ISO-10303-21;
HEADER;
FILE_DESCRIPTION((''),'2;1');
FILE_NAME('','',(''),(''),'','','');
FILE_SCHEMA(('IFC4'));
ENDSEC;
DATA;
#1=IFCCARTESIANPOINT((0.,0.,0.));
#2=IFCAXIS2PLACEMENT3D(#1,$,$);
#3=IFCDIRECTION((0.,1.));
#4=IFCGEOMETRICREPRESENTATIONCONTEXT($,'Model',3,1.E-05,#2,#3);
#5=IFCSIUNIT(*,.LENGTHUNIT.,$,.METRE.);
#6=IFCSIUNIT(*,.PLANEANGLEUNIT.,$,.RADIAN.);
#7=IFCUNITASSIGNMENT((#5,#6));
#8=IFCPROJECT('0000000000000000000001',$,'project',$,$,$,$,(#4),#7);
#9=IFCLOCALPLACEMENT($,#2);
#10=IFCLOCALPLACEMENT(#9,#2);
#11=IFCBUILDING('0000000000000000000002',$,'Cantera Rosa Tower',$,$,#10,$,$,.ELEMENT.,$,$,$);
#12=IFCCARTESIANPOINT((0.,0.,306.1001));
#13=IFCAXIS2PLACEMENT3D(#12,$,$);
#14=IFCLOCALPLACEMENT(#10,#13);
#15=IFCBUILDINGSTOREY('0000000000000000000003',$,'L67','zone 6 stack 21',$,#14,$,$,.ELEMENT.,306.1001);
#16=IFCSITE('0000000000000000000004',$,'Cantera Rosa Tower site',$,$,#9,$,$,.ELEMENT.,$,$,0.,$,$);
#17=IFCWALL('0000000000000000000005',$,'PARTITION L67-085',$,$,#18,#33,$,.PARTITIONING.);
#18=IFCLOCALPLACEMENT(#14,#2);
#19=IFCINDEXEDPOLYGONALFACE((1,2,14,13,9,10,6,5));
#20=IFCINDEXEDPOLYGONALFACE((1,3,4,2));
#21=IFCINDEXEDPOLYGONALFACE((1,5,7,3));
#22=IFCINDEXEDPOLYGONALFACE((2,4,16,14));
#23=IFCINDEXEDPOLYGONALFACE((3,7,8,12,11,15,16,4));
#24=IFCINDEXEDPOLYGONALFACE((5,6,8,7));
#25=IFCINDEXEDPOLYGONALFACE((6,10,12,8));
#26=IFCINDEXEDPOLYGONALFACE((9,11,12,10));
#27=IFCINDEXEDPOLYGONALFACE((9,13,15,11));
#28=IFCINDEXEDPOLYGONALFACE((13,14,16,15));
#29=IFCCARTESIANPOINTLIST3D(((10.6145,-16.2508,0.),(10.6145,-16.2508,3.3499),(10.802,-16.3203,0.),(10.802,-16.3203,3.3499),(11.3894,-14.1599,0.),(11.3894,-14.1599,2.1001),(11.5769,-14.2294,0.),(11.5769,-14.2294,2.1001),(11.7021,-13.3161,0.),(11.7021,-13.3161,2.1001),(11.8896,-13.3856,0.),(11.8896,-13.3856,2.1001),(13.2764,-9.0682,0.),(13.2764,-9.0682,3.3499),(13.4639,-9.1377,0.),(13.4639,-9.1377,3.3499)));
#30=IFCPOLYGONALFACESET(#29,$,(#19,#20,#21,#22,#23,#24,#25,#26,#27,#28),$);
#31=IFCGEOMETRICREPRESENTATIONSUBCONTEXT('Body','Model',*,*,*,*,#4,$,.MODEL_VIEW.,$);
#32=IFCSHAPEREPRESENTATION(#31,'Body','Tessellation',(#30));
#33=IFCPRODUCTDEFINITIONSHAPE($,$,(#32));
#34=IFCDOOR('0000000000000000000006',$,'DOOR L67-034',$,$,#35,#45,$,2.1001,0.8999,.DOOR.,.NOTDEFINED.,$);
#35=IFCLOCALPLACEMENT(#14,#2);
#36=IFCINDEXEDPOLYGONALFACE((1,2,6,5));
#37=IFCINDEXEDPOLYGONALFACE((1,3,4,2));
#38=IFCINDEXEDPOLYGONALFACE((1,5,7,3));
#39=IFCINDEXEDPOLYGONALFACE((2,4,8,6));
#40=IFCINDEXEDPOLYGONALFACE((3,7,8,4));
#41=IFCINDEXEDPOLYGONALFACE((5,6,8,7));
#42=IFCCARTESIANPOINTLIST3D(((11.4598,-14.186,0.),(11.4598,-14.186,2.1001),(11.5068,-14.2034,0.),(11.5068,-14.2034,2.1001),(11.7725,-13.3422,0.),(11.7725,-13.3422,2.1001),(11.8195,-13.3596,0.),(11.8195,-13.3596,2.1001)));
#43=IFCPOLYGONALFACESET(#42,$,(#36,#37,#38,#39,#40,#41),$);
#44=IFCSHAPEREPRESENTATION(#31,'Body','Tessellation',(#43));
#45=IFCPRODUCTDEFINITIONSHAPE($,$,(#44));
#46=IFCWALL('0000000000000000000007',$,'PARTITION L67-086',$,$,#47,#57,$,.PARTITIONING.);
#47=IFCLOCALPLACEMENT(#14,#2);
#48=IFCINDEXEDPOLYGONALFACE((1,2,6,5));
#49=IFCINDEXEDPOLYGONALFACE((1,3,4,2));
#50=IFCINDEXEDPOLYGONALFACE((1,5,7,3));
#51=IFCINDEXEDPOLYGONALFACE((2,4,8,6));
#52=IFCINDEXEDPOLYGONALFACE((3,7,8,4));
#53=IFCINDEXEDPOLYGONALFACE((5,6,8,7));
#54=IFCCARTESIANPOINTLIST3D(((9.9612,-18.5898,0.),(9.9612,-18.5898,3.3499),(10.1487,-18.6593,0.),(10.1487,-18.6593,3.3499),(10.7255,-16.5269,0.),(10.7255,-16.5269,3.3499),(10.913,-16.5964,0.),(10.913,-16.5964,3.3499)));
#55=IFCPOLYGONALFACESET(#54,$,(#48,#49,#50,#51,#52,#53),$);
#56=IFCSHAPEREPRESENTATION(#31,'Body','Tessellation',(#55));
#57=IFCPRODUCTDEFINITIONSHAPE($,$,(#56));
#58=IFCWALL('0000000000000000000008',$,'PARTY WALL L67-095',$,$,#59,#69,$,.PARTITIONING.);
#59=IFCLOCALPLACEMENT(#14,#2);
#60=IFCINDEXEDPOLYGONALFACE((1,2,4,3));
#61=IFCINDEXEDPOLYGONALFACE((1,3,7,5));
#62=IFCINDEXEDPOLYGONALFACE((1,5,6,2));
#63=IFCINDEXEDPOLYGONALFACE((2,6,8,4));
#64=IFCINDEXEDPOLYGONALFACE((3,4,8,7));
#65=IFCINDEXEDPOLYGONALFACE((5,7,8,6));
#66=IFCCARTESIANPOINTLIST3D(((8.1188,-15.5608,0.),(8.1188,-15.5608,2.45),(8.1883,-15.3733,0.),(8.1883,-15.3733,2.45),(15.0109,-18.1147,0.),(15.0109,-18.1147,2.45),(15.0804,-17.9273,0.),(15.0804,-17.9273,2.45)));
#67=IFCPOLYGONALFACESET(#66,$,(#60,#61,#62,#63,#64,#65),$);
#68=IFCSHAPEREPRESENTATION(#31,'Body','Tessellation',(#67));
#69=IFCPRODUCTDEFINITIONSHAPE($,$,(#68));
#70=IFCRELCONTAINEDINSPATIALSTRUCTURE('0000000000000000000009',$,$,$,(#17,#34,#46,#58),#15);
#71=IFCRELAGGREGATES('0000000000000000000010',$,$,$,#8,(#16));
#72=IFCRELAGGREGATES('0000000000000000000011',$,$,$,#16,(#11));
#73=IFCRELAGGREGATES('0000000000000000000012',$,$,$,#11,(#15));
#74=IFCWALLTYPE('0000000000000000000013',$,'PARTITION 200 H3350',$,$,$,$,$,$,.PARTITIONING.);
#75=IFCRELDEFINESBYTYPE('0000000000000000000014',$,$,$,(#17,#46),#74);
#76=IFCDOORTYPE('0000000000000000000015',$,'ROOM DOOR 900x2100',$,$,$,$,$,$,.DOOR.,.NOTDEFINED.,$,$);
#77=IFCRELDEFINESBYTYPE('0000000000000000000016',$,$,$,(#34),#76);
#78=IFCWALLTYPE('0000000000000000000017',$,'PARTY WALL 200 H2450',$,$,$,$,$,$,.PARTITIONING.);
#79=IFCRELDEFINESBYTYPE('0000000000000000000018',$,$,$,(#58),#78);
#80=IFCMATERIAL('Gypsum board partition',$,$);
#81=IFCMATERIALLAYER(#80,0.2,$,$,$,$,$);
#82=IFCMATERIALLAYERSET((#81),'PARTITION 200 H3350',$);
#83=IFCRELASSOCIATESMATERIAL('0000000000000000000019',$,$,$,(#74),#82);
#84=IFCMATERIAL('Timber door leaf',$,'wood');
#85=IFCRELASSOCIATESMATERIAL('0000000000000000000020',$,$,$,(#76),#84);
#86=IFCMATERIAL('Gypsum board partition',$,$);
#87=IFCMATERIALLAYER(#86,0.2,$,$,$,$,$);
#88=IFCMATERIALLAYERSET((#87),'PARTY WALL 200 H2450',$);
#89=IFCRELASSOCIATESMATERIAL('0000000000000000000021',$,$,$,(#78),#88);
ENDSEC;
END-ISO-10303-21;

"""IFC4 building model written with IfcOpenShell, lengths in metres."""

from ifc_helpers import new_model, si_unit, direction, frame, frame_2d, origin, place, context, subcontext, project, spatial, rectangle, extrude, material, layer, layer_set, type_object, element, fill, save


model = new_model("IFC4")

# Units and contexts
model_context = context("Model", 3, precision=1e-05, world=origin(), true_north=direction((0.0, 1.0)))
body_context = subcontext(model_context, "Body", "Model", "MODEL_VIEW")
ifc_project = project(units=[si_unit("LENGTHUNIT", "METRE"), si_unit("PLANEANGLEUNIT", "RADIAN")], contexts=[model_context])

# Site, building, storey
site_placement = place(None, origin())
site = spatial("IfcSite", under=ifc_project, at=site_placement, Name="Cantera Rosa Tower site", CompositionType="ELEMENT", RefElevation=0.0)
building_placement = place(site_placement, origin())
building = spatial("IfcBuilding", under=site, at=building_placement, Name="Cantera Rosa Tower", CompositionType="ELEMENT")
storey_placement = place(building_placement, frame((0.0, 0.0, 306.1001)))
storey = spatial("IfcBuildingStorey", under=building, at=storey_placement, Name="L67", Description="zone 6 stack 21", CompositionType="ELEMENT", Elevation=306.1001)

# Wall, opening, door
ifc_material_1 = material(Name="Gypsum board partition")
ifc_layer_1 = layer(ifc_material_1, 0.2)
ifc_layer_set_1 = layer_set([ifc_layer_1], Name="PARTITION 200 H3350")
wall_type_1 = type_object("IfcWallType", Name="PARTITION 200 H3350", PredefinedType="PARTITIONING", material=ifc_layer_set_1)
ifc_material_2 = material(Name="Timber door leaf", Category="wood")
door_type_1 = type_object("IfcDoorType", Name="ROOM DOOR 900x2100", OperationType="NOTDEFINED", PredefinedType="DOOR", material=ifc_material_2)
wall_1_placement = place(storey_placement, frame((10.7083, -16.2856, 0.0), z_axis=(0.0, 0.0, 1.0), x_axis=(0.347502, 0.937679, 0.0)))
wall_1 = element("IfcWall", 1, at=wall_1_placement, inside=storey, type_object=wall_type_1, Name="PARTITION L67-085", PredefinedType="PARTITIONING", context=body_context, shape_type="SweptSolid", body=[
    extrude(rectangle(XDim=7.6599, YDim=0.2, at=frame_2d((3.8301, 0.0))), origin(), (0.0, 0.0, 1.0), 3.3499),
])
opening_1_placement = place(wall_1_placement, frame((2.23, 0.0, 0.0)))
opening_1 = element("IfcOpeningElement", 2, at=opening_1_placement, cuts=wall_1, PredefinedType="OPENING", context=body_context, shape_type="SweptSolid", body=[
    extrude(rectangle(XDim=0.8999, YDim=2.1001, at=frame_2d((0.45, 1.05))), frame((0.0, 0.1099, 0.0), z_axis=(0.0, -1.0, 0.0), x_axis=(1.0, 0.0, 0.0)), (0.0, 0.0, 1.0), 0.22),
])
door_1_placement = place(opening_1_placement, origin())
door_1 = element("IfcDoor", 3, at=door_1_placement, inside=storey, type_object=door_type_1, Name="DOOR L67-034", OperationType="NOTDEFINED", OverallHeight=2.1001, OverallWidth=0.8999, PredefinedType="DOOR", context=body_context, shape_type="SweptSolid", body=[
    extrude(rectangle(XDim=0.8999, YDim=2.1001, at=frame_2d((0.45, 1.05))), frame((0.0, 0.0249, 0.0), z_axis=(0.0, -1.0, 0.0), x_axis=(1.0, 0.0, 0.0)), (0.0, 0.0, 1.0), 0.05),
])
fill(opening_1, door_1)

# Walls
wall_2_placement = place(storey_placement, frame((10.8193, -16.5615, 0.0), z_axis=(0.0, 0.0, 1.0), x_axis=(-0.347448, -0.937699, 0.0)))
element("IfcWall", 4, at=wall_2_placement, inside=storey, type_object=wall_type_1, Name="PARTITION L67-086", PredefinedType="PARTITIONING", context=body_context, shape_type="SweptSolid", body=[
    extrude(rectangle(XDim=2.2, YDim=0.2, at=frame_2d((1.1001, 0.0))), origin(), (0.0, 0.0, 1.0), 3.3499),
])
ifc_material_3 = material(Name="Gypsum board partition")
ifc_layer_2 = layer(ifc_material_3, 0.2)
ifc_layer_set_2 = layer_set([ifc_layer_2], Name="PARTY WALL 200 H2450")
wall_type_2 = type_object("IfcWallType", Name="PARTY WALL 200 H2450", PredefinedType="PARTITIONING", material=ifc_layer_set_2)
wall_3_placement = place(storey_placement, frame((15.0457, -18.021, 0.0), z_axis=(0.0, 0.0, 1.0), x_axis=(-0.93769, 0.347473, 0.0)))
element("IfcWall", 5, at=wall_3_placement, inside=storey, type_object=wall_type_2, Name="PARTY WALL L67-095", PredefinedType="PARTITIONING", context=body_context, shape_type="SweptSolid", body=[
    extrude(rectangle(XDim=7.3501, YDim=0.2, at=frame_2d((3.675, 0.0))), origin(), (0.0, 0.0, 1.0), 2.45),
])

save(model, "model.ifc")
